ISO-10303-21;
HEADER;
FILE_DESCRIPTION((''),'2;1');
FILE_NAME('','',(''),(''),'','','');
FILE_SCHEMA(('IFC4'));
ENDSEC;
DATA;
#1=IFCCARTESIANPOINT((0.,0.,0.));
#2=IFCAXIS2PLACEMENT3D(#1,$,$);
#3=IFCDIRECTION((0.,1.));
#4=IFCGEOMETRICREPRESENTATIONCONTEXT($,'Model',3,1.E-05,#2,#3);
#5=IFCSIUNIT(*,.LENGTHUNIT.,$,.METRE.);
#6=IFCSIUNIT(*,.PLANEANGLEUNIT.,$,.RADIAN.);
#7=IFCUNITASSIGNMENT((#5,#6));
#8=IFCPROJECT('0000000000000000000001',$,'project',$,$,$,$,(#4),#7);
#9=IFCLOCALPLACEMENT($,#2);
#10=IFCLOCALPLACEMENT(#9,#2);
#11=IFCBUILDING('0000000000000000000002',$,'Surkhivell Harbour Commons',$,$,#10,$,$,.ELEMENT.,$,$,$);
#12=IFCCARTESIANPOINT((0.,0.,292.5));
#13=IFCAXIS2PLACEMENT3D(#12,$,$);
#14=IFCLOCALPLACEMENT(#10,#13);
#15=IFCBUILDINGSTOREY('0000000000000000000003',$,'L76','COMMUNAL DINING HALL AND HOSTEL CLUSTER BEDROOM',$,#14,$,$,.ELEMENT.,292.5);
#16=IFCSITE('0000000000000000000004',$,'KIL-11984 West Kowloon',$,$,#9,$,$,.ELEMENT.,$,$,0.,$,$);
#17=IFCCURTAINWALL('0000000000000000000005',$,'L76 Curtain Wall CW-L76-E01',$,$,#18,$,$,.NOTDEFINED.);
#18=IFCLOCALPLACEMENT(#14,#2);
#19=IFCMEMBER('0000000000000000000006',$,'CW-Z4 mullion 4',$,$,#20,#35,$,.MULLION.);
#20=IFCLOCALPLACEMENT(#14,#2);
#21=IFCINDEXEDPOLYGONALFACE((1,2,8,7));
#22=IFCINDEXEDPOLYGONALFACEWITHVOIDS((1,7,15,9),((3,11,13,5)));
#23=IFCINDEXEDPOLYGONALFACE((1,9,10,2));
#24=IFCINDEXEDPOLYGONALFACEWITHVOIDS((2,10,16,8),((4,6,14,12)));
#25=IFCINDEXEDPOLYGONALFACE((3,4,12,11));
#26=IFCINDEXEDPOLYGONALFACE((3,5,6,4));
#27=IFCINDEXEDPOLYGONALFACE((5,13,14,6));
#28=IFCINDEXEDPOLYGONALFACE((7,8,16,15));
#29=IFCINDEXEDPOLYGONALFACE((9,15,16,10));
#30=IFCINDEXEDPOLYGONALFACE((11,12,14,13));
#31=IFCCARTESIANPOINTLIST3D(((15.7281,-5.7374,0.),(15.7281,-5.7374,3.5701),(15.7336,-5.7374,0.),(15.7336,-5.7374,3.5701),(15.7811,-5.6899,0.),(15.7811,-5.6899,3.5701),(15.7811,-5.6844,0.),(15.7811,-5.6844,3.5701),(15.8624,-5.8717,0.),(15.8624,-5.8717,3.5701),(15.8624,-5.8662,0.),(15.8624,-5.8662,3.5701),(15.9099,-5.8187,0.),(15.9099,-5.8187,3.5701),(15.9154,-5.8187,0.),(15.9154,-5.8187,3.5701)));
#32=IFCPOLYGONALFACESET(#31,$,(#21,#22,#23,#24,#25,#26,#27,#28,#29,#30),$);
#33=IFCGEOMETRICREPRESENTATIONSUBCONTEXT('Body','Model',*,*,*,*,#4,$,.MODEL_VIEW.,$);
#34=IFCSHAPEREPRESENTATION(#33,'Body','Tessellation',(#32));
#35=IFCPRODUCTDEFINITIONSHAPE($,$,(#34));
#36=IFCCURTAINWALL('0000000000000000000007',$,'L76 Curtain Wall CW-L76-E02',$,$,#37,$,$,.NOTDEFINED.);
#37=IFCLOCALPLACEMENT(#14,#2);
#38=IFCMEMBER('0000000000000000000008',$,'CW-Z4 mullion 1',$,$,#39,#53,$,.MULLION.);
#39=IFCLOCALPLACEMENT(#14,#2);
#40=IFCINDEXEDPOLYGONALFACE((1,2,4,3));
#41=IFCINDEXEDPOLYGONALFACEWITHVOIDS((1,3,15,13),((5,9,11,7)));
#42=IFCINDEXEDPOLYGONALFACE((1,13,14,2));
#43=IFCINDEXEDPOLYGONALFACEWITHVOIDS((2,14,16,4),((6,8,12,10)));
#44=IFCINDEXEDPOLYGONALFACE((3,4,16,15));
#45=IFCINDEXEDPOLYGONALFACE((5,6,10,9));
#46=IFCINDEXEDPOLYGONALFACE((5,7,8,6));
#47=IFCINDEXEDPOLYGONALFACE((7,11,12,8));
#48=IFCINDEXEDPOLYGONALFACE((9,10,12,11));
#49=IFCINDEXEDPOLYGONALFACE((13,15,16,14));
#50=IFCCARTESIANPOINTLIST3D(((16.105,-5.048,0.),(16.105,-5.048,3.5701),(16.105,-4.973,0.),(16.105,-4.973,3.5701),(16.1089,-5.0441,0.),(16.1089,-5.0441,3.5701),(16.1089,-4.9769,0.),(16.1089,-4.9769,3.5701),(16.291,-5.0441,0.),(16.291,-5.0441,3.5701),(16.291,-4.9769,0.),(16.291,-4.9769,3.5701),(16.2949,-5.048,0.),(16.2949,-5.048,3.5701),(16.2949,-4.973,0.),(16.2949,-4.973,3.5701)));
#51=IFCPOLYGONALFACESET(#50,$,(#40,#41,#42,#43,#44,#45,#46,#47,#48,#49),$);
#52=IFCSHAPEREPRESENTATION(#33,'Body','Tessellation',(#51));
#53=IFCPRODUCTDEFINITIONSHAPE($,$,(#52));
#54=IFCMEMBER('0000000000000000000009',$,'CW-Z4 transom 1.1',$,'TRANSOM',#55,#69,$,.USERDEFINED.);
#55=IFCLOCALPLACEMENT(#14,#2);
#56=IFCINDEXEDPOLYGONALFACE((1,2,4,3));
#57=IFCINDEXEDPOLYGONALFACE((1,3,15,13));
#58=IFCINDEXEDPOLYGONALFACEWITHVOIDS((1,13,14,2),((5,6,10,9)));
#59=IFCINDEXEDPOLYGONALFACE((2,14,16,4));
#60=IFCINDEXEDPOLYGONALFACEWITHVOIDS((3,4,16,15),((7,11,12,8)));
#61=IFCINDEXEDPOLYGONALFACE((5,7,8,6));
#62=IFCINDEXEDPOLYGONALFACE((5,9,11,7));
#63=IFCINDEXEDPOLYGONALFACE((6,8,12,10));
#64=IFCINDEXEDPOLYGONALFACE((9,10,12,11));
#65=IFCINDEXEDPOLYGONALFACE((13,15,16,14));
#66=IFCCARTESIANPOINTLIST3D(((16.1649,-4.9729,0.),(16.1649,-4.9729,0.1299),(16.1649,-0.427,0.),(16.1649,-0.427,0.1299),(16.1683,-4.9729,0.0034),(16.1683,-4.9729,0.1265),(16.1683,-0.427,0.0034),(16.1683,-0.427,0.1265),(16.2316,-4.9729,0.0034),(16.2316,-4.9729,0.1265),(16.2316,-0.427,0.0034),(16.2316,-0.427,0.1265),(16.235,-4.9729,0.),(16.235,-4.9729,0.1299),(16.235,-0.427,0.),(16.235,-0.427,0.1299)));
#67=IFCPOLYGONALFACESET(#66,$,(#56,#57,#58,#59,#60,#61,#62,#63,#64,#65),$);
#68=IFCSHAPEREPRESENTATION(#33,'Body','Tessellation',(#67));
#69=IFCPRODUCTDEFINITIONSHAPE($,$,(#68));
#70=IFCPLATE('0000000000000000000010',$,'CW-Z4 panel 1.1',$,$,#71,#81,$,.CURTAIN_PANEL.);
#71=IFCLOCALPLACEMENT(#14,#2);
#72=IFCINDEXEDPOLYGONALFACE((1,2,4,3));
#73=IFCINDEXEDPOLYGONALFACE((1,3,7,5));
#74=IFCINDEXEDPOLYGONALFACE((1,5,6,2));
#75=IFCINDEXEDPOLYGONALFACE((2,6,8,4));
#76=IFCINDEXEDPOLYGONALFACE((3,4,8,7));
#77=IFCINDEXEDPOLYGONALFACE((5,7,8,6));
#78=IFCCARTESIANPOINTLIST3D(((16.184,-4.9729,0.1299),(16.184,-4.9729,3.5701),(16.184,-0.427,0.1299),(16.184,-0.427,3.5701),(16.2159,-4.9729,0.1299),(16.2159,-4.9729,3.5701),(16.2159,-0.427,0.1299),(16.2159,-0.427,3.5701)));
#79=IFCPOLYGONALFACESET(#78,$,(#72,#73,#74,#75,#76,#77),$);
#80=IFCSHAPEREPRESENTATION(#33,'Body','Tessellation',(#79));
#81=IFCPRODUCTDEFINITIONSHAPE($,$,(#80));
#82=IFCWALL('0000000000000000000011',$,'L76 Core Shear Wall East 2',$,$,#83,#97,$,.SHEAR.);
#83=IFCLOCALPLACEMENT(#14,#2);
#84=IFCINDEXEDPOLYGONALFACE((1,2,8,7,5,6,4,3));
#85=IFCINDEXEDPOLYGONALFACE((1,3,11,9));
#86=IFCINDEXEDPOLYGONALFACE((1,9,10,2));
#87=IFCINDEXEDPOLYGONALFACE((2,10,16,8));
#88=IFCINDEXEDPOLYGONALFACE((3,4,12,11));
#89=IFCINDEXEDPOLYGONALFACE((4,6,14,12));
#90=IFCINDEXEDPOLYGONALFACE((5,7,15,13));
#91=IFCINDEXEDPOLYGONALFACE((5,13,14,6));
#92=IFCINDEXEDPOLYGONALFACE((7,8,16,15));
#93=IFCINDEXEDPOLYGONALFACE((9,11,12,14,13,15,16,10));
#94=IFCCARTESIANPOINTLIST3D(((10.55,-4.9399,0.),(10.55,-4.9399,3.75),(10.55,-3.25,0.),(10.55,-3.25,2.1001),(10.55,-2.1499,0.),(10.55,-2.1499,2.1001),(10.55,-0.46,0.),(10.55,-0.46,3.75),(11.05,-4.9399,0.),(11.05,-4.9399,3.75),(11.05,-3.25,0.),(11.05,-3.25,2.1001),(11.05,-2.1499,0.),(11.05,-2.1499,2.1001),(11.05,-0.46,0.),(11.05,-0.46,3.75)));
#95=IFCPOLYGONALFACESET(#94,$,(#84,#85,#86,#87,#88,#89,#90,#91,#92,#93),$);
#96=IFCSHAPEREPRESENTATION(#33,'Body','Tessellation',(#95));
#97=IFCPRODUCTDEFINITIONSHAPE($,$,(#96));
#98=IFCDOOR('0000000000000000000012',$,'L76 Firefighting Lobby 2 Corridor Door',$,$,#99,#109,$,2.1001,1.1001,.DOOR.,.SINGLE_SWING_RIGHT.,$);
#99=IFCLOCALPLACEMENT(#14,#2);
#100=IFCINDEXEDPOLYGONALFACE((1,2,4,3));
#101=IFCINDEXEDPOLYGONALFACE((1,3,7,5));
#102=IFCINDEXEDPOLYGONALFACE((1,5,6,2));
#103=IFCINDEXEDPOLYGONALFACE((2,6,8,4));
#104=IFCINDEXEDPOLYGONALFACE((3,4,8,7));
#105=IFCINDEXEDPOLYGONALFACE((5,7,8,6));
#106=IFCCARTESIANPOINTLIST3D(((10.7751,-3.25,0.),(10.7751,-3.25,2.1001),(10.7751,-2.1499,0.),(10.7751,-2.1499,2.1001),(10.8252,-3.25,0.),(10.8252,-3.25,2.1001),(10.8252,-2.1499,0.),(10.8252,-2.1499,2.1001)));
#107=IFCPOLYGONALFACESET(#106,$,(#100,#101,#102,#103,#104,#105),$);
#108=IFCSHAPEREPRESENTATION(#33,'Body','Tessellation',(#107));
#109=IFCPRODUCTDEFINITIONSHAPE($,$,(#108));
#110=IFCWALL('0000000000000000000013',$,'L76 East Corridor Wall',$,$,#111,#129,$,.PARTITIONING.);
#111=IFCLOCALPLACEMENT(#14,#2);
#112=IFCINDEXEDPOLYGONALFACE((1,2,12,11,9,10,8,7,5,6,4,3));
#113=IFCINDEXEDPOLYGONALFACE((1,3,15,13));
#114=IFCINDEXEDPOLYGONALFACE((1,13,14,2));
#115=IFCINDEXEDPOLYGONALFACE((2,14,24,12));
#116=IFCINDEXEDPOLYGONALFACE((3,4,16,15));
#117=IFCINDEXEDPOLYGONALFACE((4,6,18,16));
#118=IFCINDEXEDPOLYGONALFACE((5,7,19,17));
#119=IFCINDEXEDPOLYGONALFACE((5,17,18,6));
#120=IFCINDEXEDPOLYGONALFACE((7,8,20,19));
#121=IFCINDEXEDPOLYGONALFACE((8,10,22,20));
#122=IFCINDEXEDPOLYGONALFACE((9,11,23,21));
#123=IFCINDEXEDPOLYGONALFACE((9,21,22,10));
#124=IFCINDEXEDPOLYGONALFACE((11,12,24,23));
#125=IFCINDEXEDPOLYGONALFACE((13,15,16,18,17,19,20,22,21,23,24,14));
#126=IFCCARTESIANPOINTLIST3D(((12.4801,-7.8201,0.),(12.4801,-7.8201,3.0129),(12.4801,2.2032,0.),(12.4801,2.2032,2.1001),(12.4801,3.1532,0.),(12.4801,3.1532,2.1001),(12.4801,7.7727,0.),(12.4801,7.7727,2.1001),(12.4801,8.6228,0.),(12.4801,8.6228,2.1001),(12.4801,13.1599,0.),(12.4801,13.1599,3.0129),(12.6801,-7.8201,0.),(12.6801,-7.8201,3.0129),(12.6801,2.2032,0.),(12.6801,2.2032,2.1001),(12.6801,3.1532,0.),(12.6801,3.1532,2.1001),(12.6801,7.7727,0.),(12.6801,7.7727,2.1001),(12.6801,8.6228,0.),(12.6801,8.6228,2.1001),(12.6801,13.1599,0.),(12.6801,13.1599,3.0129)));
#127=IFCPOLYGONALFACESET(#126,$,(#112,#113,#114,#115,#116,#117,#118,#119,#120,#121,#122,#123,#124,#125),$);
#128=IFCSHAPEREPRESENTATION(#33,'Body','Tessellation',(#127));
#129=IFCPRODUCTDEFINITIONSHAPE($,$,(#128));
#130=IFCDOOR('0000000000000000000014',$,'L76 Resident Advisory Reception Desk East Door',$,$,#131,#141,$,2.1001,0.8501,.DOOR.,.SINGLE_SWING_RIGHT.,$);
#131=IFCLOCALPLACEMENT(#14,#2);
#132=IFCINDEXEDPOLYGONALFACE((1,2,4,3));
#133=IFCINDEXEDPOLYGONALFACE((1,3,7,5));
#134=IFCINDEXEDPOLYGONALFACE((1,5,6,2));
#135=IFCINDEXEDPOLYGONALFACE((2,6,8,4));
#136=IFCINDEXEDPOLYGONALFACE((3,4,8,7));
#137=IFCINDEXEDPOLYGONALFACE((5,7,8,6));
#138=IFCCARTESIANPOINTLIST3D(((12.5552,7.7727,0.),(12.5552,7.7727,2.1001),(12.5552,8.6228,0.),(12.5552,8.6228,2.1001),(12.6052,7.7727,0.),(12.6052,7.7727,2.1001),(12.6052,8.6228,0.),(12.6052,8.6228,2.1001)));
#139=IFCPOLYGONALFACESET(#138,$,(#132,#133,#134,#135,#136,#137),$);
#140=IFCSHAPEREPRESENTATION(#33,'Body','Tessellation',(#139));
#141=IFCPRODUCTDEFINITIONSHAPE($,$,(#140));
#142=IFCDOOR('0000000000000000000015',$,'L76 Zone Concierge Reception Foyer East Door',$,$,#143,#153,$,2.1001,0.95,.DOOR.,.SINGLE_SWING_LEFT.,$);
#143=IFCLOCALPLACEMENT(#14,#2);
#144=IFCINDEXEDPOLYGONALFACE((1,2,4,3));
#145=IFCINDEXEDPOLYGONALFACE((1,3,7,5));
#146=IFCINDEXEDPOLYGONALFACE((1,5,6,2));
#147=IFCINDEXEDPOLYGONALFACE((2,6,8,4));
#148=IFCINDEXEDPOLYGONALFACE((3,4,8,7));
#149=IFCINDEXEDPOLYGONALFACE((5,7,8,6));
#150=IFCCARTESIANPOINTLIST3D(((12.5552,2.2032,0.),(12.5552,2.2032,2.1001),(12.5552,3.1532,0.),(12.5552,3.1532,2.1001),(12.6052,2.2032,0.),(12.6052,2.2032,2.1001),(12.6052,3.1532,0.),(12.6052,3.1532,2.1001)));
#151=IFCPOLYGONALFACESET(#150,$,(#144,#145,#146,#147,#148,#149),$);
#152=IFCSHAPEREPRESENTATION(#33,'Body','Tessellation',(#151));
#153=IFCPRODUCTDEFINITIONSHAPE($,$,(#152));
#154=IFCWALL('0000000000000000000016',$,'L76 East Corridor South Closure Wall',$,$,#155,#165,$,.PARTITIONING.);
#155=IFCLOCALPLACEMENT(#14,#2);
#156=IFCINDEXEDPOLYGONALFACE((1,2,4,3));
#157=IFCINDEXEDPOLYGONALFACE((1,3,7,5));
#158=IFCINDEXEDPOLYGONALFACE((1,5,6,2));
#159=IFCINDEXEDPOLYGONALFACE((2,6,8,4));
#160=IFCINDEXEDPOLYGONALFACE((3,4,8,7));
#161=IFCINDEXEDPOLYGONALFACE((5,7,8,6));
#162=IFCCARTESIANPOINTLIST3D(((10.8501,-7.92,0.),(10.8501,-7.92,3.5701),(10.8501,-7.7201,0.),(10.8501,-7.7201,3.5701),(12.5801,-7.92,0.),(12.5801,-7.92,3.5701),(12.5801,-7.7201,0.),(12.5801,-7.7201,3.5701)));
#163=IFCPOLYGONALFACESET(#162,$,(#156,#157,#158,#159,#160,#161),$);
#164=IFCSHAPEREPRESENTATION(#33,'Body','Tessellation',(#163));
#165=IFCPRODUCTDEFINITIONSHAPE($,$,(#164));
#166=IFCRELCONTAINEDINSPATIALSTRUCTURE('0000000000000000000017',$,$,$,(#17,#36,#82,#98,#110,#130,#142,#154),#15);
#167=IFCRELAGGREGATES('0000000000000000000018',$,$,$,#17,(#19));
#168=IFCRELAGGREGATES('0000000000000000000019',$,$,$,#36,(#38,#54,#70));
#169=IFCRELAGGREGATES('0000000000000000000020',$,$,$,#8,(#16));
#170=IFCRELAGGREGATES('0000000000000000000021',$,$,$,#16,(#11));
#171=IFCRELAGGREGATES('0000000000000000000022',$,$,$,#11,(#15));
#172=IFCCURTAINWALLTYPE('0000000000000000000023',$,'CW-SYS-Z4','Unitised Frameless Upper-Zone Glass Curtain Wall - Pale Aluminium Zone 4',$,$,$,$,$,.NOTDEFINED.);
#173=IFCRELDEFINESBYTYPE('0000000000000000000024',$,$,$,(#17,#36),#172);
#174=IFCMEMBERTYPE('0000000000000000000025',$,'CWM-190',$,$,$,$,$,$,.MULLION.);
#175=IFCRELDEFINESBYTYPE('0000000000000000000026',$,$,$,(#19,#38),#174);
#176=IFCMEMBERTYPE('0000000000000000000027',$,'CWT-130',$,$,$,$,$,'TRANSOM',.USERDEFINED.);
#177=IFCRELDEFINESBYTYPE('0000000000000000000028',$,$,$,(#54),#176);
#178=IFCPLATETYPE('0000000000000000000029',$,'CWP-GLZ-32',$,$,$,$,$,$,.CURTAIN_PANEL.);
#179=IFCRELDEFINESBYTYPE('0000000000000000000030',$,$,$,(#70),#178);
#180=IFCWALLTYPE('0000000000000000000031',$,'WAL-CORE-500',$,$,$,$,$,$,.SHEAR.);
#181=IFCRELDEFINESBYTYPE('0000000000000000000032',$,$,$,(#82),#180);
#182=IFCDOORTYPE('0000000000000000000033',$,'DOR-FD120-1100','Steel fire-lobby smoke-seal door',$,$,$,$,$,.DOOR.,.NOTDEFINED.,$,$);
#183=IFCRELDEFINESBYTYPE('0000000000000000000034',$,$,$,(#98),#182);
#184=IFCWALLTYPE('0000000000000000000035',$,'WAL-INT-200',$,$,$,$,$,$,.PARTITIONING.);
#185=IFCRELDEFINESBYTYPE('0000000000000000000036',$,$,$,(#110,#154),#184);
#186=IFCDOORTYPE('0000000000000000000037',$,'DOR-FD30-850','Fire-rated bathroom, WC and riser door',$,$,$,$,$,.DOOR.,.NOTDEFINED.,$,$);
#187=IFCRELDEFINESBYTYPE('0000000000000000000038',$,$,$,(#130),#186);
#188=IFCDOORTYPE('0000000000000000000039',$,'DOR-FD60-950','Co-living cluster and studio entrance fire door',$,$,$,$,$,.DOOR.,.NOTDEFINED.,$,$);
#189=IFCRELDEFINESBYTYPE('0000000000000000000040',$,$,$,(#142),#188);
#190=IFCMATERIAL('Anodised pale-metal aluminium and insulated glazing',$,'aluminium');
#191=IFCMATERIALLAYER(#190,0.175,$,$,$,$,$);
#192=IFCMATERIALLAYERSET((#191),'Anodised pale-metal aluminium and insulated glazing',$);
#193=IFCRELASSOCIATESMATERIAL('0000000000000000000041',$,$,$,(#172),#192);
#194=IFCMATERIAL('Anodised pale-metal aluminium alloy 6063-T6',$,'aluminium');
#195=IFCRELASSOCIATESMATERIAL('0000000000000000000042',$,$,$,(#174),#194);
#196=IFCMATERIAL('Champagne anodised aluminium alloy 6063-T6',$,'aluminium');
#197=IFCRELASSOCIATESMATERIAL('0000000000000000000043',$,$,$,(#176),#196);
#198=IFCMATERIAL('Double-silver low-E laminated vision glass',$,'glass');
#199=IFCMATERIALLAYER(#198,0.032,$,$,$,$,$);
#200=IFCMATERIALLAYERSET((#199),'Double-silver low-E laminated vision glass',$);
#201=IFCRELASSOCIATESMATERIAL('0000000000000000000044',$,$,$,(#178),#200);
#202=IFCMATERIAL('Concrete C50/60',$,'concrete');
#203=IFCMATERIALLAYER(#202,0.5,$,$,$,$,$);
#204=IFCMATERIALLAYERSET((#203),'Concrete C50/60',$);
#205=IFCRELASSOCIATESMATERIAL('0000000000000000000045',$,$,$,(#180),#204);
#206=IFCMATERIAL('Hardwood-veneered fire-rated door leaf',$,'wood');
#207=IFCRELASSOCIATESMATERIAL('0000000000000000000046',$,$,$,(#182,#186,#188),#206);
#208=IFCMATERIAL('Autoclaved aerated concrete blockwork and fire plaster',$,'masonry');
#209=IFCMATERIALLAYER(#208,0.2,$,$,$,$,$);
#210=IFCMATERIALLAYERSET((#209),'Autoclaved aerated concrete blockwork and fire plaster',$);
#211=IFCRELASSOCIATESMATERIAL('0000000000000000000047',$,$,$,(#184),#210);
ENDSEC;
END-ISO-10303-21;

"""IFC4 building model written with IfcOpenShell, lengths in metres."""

from ifc_helpers import new_model, si_unit, direction, frame, frame_2d, origin, origin_2d, place, context, subcontext, project, spatial, rectangle, hollow_rectangle, extrude, material, layer, layer_set, material_profile, profile_set, type_object, element, fill, aggregate, save


model = new_model("IFC4")

# Units and contexts
model_context = context("Model", 3, precision=1e-05, world=origin(), true_north=direction((0.0, 1.0)))
body_context = subcontext(model_context, "Body", "Model", "MODEL_VIEW")
ifc_project = project(units=[si_unit("LENGTHUNIT", "METRE"), si_unit("PLANEANGLEUNIT", "RADIAN")], contexts=[model_context])

# Site, building, storey
site_placement = place(None, origin())
site = spatial("IfcSite", under=ifc_project, at=site_placement, Name="KIL-11984 West Kowloon", CompositionType="ELEMENT", RefElevation=0.0)
building_placement = place(site_placement, origin())
building = spatial("IfcBuilding", under=site, at=building_placement, Name="Surkhivell Harbour Commons", CompositionType="ELEMENT")
storey_placement = place(building_placement, frame((0.0, 0.0, 292.5)))
storey = spatial("IfcBuildingStorey", under=building, at=storey_placement, Name="L76", Description="COMMUNAL DINING HALL AND HOSTEL CLUSTER BEDROOM", CompositionType="ELEMENT", Elevation=292.5)

# Shared definitions
ifc_material_1 = material(Name="Concrete C50/60", Category="concrete")

# Curtain wall, member
ifc_material_2 = material(Name="Anodised pale-metal aluminium and insulated glazing", Category="aluminium")
ifc_layer_1 = layer(ifc_material_2, 0.175)
ifc_layer_set_1 = layer_set([ifc_layer_1], Name="Anodised pale-metal aluminium and insulated glazing")
curtain_wall_type = type_object("IfcCurtainWallType", Name="CW-SYS-Z4", Description="Unitised Frameless Upper-Zone Glass Curtain Wall - Pale Aluminium Zone 4", PredefinedType="NOTDEFINED", material=ifc_layer_set_1)
curtain_wall_1_placement = place(storey_placement, origin())
curtain_wall_1 = element("IfcCurtainWall", 1, at=curtain_wall_1_placement, inside=storey, type_object=curtain_wall_type, Name="L76 Curtain Wall CW-L76-E01", PredefinedType="NOTDEFINED")
ifc_material_3 = material(Name="Anodised pale-metal aluminium alloy 6063-T6", Category="aluminium")
ifc_material_profile_1 = material_profile(ifc_material_3, hollow_rectangle(XDim=0.075, YDim=0.1899, WallThickness=0.0039, at=origin_2d()), Name="ALU-MULL-75x190")
ifc_profile_set_1 = profile_set([ifc_material_profile_1], Name="Anodised pale-metal aluminium alloy 6063-T6")
member_type_1 = type_object("IfcMemberType", Name="CWM-190", PredefinedType="MULLION", material=ifc_profile_set_1)
member_1_placement = place(storey_placement, frame((15.8218, -5.7781, 0.0), z_axis=(0.0, 0.0, 1.0), x_axis=(0.707107, 0.707107, 0.0)))
member_1 = element("IfcMember", 2, at=member_1_placement, type_object=member_type_1, Name="CW-Z4 mullion 4", PredefinedType="MULLION", context=body_context, shape_type="SweptSolid", body=[
    extrude(hollow_rectangle(XDim=0.075, YDim=0.1899, WallThickness=0.0039, at=origin_2d()), origin(), (0.0, 0.0, 1.0), 3.5701),
])
aggregate(curtain_wall_1, [member_1])

# Curtain wall, members, plate
curtain_wall_2_placement = place(storey_placement, origin())
curtain_wall_2 = element("IfcCurtainWall", 3, at=curtain_wall_2_placement, inside=storey, type_object=curtain_wall_type, Name="L76 Curtain Wall CW-L76-E02", PredefinedType="NOTDEFINED")
member_2_placement = place(storey_placement, frame((16.2, -5.0105, 0.0), z_axis=(0.0, 0.0, 1.0), x_axis=(0.0, 1.0, 0.0)))
member_2 = element("IfcMember", 4, at=member_2_placement, type_object=member_type_1, Name="CW-Z4 mullion 1", PredefinedType="MULLION", context=body_context, shape_type="SweptSolid", body=[
    extrude(hollow_rectangle(XDim=0.075, YDim=0.1899, WallThickness=0.0039, at=origin_2d()), origin(), (0.0, 0.0, 1.0), 3.5701),
])
ifc_material_4 = material(Name="Champagne anodised aluminium alloy 6063-T6", Category="aluminium")
ifc_material_profile_2 = material_profile(ifc_material_4, hollow_rectangle(XDim=0.0701, YDim=0.1299, WallThickness=0.0034, at=origin_2d()), Name="ALU-TRAN-70x130")
ifc_profile_set_2 = profile_set([ifc_material_profile_2], Name="Champagne anodised aluminium alloy 6063-T6")
member_type_2 = type_object("IfcMemberType", Name="CWT-130", ElementType="TRANSOM", PredefinedType="USERDEFINED", material=ifc_profile_set_2)
member_3_placement = place(storey_placement, frame((16.2, -4.9729, 0.0649), z_axis=(0.0, 1.0, 0.0), x_axis=(-1.0, 0.0, 0.0)))
member_3 = element("IfcMember", 5, at=member_3_placement, type_object=member_type_2, Name="CW-Z4 transom 1.1", ObjectType="TRANSOM", PredefinedType="USERDEFINED", context=body_context, shape_type="SweptSolid", body=[
    extrude(hollow_rectangle(XDim=0.0701, YDim=0.1299, WallThickness=0.0034, at=origin_2d()), origin(), (0.0, 0.0, 1.0), 4.5459),
])
ifc_material_5 = material(Name="Double-silver low-E laminated vision glass", Category="glass")
ifc_layer_2 = layer(ifc_material_5, 0.032)
ifc_layer_set_2 = layer_set([ifc_layer_2], Name="Double-silver low-E laminated vision glass")
plate_type = type_object("IfcPlateType", Name="CWP-GLZ-32", PredefinedType="CURTAIN_PANEL", material=ifc_layer_set_2)
plate_placement = place(storey_placement, frame((16.2, -4.9729, 0.1299), z_axis=(0.0, 0.0, 1.0), x_axis=(0.0, 1.0, 0.0)))
plate = element("IfcPlate", 6, at=plate_placement, type_object=plate_type, Name="CW-Z4 panel 1.1", PredefinedType="CURTAIN_PANEL", context=body_context, shape_type="SweptSolid", body=[
    extrude(rectangle(XDim=4.5459, YDim=0.032, at=frame_2d((2.2729, 0.0))), origin(), (0.0, 0.0, 1.0), 3.4402),
])
aggregate(curtain_wall_2, [member_2, member_3, plate])

# Wall, opening, door
ifc_layer_3 = layer(ifc_material_1, 0.5)
ifc_layer_set_3 = layer_set([ifc_layer_3], Name="Concrete C50/60")
wall_type_1 = type_object("IfcWallType", Name="WAL-CORE-500", PredefinedType="SHEAR", material=ifc_layer_set_3)
wall_1_placement = place(storey_placement, frame((10.8, -4.9399, 0.0), z_axis=(0.0, 0.0, 1.0), x_axis=(0.0, 1.0, 0.0)))
wall_1 = element("IfcWall", 7, at=wall_1_placement, inside=storey, type_object=wall_type_1, Name="L76 Core Shear Wall East 2", PredefinedType="SHEAR", context=body_context, shape_type="SweptSolid", body=[
    extrude(rectangle(XDim=4.48, YDim=0.5, at=frame_2d((2.24, 0.0))), origin(), (0.0, 0.0, 1.0), 3.75),
])
opening_1_placement = place(wall_1_placement, frame((1.6899, 0.0, 0.0)))
opening_1 = element("IfcOpeningElement", 8, at=opening_1_placement, cuts=wall_1, PredefinedType="OPENING", context=body_context, shape_type="SweptSolid", body=[
    extrude(rectangle(XDim=1.1001, YDim=2.1001, at=frame_2d((0.55, 1.05))), frame((0.0, 0.26, 0.0), z_axis=(0.0, -1.0, 0.0), x_axis=(1.0, 0.0, 0.0)), (0.0, 0.0, 1.0), 0.52),
])
ifc_material_6 = material(Name="Hardwood-veneered fire-rated door leaf", Category="wood")
door_type_1 = type_object("IfcDoorType", Name="DOR-FD120-1100", Description="Steel fire-lobby smoke-seal door", OperationType="NOTDEFINED", PredefinedType="DOOR", material=ifc_material_6)
door_1_placement = place(opening_1_placement, origin())
door_1 = element("IfcDoor", 9, at=door_1_placement, inside=storey, type_object=door_type_1, Name="L76 Firefighting Lobby 2 Corridor Door", OperationType="SINGLE_SWING_RIGHT", OverallHeight=2.1001, OverallWidth=1.1001, PredefinedType="DOOR", context=body_context, shape_type="SweptSolid", body=[
    extrude(rectangle(XDim=1.1001, YDim=2.1001, at=frame_2d((0.55, 1.05))), frame((0.0, 0.0249, 0.0), z_axis=(0.0, -1.0, 0.0), x_axis=(1.0, 0.0, 0.0)), (0.0, 0.0, 1.0), 0.05),
])
fill(opening_1, door_1)

# Wall, openings, doors
ifc_material_7 = material(Name="Autoclaved aerated concrete blockwork and fire plaster", Category="masonry")
ifc_layer_4 = layer(ifc_material_7, 0.2)
ifc_layer_set_4 = layer_set([ifc_layer_4], Name="Autoclaved aerated concrete blockwork and fire plaster")
wall_type_2 = type_object("IfcWallType", Name="WAL-INT-200", PredefinedType="PARTITIONING", material=ifc_layer_set_4)
wall_2_placement = place(storey_placement, frame((12.5801, -7.8201, 0.0), z_axis=(0.0, 0.0, 1.0), x_axis=(0.0, 1.0, 0.0)))
wall_2 = element("IfcWall", 10, at=wall_2_placement, inside=storey, type_object=wall_type_2, Name="L76 East Corridor Wall", PredefinedType="PARTITIONING", context=body_context, shape_type="SweptSolid", body=[
    extrude(rectangle(XDim=20.98, YDim=0.2, at=frame_2d((10.49, 0.0))), origin(), (0.0, 0.0, 1.0), 3.0129),
])
opening_2_placement = place(wall_2_placement, frame((10.0232, 0.0, 0.0)))
opening_2 = element("IfcOpeningElement", 11, at=opening_2_placement, cuts=wall_2, PredefinedType="OPENING", context=body_context, shape_type="SweptSolid", body=[
    extrude(rectangle(XDim=0.95, YDim=2.1001, at=frame_2d((0.4751, 1.05))), frame((0.0, 0.1099, 0.0), z_axis=(0.0, -1.0, 0.0), x_axis=(1.0, 0.0, 0.0)), (0.0, 0.0, 1.0), 0.22),
])
opening_3_placement = place(wall_2_placement, frame((15.5928, 0.0, 0.0)))
opening_3 = element("IfcOpeningElement", 12, at=opening_3_placement, cuts=wall_2, PredefinedType="OPENING", context=body_context, shape_type="SweptSolid", body=[
    extrude(rectangle(XDim=0.8501, YDim=2.1001, at=frame_2d((0.425, 1.05))), frame((0.0, 0.1099, 0.0), z_axis=(0.0, -1.0, 0.0), x_axis=(1.0, 0.0, 0.0)), (0.0, 0.0, 1.0), 0.22),
])
door_type_2 = type_object("IfcDoorType", Name="DOR-FD30-850", Description="Fire-rated bathroom, WC and riser door", OperationType="NOTDEFINED", PredefinedType="DOOR", material=ifc_material_6)
door_2_placement = place(opening_3_placement, origin())
door_2 = element("IfcDoor", 13, at=door_2_placement, inside=storey, type_object=door_type_2, Name="L76 Resident Advisory Reception Desk East Door", OperationType="SINGLE_SWING_RIGHT", OverallHeight=2.1001, OverallWidth=0.8501, PredefinedType="DOOR", context=body_context, shape_type="SweptSolid", body=[
    extrude(rectangle(XDim=0.8501, YDim=2.1001, at=frame_2d((0.425, 1.05))), frame((0.0, 0.0249, 0.0), z_axis=(0.0, -1.0, 0.0), x_axis=(1.0, 0.0, 0.0)), (0.0, 0.0, 1.0), 0.05),
])
fill(opening_3, door_2)
door_type_3 = type_object("IfcDoorType", Name="DOR-FD60-950", Description="Co-living cluster and studio entrance fire door", OperationType="NOTDEFINED", PredefinedType="DOOR", material=ifc_material_6)
door_3_placement = place(opening_2_placement, origin())
door_3 = element("IfcDoor", 14, at=door_3_placement, inside=storey, type_object=door_type_3, Name="L76 Zone Concierge Reception Foyer East Door", OperationType="SINGLE_SWING_LEFT", OverallHeight=2.1001, OverallWidth=0.95, PredefinedType="DOOR", context=body_context, shape_type="SweptSolid", body=[
    extrude(rectangle(XDim=0.95, YDim=2.1001, at=frame_2d((0.4751, 1.05))), frame((0.0, 0.0249, 0.0), z_axis=(0.0, -1.0, 0.0), x_axis=(1.0, 0.0, 0.0)), (0.0, 0.0, 1.0), 0.05),
])
fill(opening_2, door_3)

# Wall
wall_3_placement = place(storey_placement, frame((10.8501, -7.8201, 0.0), z_axis=(0.0, 0.0, 1.0), x_axis=(1.0, 0.0, 0.0)))
element("IfcWall", 15, at=wall_3_placement, inside=storey, type_object=wall_type_2, Name="L76 East Corridor South Closure Wall", PredefinedType="PARTITIONING", context=body_context, shape_type="SweptSolid", body=[
    extrude(rectangle(XDim=1.73, YDim=0.2, at=frame_2d((0.865, 0.0))), origin(), (0.0, 0.0, 1.0), 3.5701),
])

save(model, "model.ifc")
